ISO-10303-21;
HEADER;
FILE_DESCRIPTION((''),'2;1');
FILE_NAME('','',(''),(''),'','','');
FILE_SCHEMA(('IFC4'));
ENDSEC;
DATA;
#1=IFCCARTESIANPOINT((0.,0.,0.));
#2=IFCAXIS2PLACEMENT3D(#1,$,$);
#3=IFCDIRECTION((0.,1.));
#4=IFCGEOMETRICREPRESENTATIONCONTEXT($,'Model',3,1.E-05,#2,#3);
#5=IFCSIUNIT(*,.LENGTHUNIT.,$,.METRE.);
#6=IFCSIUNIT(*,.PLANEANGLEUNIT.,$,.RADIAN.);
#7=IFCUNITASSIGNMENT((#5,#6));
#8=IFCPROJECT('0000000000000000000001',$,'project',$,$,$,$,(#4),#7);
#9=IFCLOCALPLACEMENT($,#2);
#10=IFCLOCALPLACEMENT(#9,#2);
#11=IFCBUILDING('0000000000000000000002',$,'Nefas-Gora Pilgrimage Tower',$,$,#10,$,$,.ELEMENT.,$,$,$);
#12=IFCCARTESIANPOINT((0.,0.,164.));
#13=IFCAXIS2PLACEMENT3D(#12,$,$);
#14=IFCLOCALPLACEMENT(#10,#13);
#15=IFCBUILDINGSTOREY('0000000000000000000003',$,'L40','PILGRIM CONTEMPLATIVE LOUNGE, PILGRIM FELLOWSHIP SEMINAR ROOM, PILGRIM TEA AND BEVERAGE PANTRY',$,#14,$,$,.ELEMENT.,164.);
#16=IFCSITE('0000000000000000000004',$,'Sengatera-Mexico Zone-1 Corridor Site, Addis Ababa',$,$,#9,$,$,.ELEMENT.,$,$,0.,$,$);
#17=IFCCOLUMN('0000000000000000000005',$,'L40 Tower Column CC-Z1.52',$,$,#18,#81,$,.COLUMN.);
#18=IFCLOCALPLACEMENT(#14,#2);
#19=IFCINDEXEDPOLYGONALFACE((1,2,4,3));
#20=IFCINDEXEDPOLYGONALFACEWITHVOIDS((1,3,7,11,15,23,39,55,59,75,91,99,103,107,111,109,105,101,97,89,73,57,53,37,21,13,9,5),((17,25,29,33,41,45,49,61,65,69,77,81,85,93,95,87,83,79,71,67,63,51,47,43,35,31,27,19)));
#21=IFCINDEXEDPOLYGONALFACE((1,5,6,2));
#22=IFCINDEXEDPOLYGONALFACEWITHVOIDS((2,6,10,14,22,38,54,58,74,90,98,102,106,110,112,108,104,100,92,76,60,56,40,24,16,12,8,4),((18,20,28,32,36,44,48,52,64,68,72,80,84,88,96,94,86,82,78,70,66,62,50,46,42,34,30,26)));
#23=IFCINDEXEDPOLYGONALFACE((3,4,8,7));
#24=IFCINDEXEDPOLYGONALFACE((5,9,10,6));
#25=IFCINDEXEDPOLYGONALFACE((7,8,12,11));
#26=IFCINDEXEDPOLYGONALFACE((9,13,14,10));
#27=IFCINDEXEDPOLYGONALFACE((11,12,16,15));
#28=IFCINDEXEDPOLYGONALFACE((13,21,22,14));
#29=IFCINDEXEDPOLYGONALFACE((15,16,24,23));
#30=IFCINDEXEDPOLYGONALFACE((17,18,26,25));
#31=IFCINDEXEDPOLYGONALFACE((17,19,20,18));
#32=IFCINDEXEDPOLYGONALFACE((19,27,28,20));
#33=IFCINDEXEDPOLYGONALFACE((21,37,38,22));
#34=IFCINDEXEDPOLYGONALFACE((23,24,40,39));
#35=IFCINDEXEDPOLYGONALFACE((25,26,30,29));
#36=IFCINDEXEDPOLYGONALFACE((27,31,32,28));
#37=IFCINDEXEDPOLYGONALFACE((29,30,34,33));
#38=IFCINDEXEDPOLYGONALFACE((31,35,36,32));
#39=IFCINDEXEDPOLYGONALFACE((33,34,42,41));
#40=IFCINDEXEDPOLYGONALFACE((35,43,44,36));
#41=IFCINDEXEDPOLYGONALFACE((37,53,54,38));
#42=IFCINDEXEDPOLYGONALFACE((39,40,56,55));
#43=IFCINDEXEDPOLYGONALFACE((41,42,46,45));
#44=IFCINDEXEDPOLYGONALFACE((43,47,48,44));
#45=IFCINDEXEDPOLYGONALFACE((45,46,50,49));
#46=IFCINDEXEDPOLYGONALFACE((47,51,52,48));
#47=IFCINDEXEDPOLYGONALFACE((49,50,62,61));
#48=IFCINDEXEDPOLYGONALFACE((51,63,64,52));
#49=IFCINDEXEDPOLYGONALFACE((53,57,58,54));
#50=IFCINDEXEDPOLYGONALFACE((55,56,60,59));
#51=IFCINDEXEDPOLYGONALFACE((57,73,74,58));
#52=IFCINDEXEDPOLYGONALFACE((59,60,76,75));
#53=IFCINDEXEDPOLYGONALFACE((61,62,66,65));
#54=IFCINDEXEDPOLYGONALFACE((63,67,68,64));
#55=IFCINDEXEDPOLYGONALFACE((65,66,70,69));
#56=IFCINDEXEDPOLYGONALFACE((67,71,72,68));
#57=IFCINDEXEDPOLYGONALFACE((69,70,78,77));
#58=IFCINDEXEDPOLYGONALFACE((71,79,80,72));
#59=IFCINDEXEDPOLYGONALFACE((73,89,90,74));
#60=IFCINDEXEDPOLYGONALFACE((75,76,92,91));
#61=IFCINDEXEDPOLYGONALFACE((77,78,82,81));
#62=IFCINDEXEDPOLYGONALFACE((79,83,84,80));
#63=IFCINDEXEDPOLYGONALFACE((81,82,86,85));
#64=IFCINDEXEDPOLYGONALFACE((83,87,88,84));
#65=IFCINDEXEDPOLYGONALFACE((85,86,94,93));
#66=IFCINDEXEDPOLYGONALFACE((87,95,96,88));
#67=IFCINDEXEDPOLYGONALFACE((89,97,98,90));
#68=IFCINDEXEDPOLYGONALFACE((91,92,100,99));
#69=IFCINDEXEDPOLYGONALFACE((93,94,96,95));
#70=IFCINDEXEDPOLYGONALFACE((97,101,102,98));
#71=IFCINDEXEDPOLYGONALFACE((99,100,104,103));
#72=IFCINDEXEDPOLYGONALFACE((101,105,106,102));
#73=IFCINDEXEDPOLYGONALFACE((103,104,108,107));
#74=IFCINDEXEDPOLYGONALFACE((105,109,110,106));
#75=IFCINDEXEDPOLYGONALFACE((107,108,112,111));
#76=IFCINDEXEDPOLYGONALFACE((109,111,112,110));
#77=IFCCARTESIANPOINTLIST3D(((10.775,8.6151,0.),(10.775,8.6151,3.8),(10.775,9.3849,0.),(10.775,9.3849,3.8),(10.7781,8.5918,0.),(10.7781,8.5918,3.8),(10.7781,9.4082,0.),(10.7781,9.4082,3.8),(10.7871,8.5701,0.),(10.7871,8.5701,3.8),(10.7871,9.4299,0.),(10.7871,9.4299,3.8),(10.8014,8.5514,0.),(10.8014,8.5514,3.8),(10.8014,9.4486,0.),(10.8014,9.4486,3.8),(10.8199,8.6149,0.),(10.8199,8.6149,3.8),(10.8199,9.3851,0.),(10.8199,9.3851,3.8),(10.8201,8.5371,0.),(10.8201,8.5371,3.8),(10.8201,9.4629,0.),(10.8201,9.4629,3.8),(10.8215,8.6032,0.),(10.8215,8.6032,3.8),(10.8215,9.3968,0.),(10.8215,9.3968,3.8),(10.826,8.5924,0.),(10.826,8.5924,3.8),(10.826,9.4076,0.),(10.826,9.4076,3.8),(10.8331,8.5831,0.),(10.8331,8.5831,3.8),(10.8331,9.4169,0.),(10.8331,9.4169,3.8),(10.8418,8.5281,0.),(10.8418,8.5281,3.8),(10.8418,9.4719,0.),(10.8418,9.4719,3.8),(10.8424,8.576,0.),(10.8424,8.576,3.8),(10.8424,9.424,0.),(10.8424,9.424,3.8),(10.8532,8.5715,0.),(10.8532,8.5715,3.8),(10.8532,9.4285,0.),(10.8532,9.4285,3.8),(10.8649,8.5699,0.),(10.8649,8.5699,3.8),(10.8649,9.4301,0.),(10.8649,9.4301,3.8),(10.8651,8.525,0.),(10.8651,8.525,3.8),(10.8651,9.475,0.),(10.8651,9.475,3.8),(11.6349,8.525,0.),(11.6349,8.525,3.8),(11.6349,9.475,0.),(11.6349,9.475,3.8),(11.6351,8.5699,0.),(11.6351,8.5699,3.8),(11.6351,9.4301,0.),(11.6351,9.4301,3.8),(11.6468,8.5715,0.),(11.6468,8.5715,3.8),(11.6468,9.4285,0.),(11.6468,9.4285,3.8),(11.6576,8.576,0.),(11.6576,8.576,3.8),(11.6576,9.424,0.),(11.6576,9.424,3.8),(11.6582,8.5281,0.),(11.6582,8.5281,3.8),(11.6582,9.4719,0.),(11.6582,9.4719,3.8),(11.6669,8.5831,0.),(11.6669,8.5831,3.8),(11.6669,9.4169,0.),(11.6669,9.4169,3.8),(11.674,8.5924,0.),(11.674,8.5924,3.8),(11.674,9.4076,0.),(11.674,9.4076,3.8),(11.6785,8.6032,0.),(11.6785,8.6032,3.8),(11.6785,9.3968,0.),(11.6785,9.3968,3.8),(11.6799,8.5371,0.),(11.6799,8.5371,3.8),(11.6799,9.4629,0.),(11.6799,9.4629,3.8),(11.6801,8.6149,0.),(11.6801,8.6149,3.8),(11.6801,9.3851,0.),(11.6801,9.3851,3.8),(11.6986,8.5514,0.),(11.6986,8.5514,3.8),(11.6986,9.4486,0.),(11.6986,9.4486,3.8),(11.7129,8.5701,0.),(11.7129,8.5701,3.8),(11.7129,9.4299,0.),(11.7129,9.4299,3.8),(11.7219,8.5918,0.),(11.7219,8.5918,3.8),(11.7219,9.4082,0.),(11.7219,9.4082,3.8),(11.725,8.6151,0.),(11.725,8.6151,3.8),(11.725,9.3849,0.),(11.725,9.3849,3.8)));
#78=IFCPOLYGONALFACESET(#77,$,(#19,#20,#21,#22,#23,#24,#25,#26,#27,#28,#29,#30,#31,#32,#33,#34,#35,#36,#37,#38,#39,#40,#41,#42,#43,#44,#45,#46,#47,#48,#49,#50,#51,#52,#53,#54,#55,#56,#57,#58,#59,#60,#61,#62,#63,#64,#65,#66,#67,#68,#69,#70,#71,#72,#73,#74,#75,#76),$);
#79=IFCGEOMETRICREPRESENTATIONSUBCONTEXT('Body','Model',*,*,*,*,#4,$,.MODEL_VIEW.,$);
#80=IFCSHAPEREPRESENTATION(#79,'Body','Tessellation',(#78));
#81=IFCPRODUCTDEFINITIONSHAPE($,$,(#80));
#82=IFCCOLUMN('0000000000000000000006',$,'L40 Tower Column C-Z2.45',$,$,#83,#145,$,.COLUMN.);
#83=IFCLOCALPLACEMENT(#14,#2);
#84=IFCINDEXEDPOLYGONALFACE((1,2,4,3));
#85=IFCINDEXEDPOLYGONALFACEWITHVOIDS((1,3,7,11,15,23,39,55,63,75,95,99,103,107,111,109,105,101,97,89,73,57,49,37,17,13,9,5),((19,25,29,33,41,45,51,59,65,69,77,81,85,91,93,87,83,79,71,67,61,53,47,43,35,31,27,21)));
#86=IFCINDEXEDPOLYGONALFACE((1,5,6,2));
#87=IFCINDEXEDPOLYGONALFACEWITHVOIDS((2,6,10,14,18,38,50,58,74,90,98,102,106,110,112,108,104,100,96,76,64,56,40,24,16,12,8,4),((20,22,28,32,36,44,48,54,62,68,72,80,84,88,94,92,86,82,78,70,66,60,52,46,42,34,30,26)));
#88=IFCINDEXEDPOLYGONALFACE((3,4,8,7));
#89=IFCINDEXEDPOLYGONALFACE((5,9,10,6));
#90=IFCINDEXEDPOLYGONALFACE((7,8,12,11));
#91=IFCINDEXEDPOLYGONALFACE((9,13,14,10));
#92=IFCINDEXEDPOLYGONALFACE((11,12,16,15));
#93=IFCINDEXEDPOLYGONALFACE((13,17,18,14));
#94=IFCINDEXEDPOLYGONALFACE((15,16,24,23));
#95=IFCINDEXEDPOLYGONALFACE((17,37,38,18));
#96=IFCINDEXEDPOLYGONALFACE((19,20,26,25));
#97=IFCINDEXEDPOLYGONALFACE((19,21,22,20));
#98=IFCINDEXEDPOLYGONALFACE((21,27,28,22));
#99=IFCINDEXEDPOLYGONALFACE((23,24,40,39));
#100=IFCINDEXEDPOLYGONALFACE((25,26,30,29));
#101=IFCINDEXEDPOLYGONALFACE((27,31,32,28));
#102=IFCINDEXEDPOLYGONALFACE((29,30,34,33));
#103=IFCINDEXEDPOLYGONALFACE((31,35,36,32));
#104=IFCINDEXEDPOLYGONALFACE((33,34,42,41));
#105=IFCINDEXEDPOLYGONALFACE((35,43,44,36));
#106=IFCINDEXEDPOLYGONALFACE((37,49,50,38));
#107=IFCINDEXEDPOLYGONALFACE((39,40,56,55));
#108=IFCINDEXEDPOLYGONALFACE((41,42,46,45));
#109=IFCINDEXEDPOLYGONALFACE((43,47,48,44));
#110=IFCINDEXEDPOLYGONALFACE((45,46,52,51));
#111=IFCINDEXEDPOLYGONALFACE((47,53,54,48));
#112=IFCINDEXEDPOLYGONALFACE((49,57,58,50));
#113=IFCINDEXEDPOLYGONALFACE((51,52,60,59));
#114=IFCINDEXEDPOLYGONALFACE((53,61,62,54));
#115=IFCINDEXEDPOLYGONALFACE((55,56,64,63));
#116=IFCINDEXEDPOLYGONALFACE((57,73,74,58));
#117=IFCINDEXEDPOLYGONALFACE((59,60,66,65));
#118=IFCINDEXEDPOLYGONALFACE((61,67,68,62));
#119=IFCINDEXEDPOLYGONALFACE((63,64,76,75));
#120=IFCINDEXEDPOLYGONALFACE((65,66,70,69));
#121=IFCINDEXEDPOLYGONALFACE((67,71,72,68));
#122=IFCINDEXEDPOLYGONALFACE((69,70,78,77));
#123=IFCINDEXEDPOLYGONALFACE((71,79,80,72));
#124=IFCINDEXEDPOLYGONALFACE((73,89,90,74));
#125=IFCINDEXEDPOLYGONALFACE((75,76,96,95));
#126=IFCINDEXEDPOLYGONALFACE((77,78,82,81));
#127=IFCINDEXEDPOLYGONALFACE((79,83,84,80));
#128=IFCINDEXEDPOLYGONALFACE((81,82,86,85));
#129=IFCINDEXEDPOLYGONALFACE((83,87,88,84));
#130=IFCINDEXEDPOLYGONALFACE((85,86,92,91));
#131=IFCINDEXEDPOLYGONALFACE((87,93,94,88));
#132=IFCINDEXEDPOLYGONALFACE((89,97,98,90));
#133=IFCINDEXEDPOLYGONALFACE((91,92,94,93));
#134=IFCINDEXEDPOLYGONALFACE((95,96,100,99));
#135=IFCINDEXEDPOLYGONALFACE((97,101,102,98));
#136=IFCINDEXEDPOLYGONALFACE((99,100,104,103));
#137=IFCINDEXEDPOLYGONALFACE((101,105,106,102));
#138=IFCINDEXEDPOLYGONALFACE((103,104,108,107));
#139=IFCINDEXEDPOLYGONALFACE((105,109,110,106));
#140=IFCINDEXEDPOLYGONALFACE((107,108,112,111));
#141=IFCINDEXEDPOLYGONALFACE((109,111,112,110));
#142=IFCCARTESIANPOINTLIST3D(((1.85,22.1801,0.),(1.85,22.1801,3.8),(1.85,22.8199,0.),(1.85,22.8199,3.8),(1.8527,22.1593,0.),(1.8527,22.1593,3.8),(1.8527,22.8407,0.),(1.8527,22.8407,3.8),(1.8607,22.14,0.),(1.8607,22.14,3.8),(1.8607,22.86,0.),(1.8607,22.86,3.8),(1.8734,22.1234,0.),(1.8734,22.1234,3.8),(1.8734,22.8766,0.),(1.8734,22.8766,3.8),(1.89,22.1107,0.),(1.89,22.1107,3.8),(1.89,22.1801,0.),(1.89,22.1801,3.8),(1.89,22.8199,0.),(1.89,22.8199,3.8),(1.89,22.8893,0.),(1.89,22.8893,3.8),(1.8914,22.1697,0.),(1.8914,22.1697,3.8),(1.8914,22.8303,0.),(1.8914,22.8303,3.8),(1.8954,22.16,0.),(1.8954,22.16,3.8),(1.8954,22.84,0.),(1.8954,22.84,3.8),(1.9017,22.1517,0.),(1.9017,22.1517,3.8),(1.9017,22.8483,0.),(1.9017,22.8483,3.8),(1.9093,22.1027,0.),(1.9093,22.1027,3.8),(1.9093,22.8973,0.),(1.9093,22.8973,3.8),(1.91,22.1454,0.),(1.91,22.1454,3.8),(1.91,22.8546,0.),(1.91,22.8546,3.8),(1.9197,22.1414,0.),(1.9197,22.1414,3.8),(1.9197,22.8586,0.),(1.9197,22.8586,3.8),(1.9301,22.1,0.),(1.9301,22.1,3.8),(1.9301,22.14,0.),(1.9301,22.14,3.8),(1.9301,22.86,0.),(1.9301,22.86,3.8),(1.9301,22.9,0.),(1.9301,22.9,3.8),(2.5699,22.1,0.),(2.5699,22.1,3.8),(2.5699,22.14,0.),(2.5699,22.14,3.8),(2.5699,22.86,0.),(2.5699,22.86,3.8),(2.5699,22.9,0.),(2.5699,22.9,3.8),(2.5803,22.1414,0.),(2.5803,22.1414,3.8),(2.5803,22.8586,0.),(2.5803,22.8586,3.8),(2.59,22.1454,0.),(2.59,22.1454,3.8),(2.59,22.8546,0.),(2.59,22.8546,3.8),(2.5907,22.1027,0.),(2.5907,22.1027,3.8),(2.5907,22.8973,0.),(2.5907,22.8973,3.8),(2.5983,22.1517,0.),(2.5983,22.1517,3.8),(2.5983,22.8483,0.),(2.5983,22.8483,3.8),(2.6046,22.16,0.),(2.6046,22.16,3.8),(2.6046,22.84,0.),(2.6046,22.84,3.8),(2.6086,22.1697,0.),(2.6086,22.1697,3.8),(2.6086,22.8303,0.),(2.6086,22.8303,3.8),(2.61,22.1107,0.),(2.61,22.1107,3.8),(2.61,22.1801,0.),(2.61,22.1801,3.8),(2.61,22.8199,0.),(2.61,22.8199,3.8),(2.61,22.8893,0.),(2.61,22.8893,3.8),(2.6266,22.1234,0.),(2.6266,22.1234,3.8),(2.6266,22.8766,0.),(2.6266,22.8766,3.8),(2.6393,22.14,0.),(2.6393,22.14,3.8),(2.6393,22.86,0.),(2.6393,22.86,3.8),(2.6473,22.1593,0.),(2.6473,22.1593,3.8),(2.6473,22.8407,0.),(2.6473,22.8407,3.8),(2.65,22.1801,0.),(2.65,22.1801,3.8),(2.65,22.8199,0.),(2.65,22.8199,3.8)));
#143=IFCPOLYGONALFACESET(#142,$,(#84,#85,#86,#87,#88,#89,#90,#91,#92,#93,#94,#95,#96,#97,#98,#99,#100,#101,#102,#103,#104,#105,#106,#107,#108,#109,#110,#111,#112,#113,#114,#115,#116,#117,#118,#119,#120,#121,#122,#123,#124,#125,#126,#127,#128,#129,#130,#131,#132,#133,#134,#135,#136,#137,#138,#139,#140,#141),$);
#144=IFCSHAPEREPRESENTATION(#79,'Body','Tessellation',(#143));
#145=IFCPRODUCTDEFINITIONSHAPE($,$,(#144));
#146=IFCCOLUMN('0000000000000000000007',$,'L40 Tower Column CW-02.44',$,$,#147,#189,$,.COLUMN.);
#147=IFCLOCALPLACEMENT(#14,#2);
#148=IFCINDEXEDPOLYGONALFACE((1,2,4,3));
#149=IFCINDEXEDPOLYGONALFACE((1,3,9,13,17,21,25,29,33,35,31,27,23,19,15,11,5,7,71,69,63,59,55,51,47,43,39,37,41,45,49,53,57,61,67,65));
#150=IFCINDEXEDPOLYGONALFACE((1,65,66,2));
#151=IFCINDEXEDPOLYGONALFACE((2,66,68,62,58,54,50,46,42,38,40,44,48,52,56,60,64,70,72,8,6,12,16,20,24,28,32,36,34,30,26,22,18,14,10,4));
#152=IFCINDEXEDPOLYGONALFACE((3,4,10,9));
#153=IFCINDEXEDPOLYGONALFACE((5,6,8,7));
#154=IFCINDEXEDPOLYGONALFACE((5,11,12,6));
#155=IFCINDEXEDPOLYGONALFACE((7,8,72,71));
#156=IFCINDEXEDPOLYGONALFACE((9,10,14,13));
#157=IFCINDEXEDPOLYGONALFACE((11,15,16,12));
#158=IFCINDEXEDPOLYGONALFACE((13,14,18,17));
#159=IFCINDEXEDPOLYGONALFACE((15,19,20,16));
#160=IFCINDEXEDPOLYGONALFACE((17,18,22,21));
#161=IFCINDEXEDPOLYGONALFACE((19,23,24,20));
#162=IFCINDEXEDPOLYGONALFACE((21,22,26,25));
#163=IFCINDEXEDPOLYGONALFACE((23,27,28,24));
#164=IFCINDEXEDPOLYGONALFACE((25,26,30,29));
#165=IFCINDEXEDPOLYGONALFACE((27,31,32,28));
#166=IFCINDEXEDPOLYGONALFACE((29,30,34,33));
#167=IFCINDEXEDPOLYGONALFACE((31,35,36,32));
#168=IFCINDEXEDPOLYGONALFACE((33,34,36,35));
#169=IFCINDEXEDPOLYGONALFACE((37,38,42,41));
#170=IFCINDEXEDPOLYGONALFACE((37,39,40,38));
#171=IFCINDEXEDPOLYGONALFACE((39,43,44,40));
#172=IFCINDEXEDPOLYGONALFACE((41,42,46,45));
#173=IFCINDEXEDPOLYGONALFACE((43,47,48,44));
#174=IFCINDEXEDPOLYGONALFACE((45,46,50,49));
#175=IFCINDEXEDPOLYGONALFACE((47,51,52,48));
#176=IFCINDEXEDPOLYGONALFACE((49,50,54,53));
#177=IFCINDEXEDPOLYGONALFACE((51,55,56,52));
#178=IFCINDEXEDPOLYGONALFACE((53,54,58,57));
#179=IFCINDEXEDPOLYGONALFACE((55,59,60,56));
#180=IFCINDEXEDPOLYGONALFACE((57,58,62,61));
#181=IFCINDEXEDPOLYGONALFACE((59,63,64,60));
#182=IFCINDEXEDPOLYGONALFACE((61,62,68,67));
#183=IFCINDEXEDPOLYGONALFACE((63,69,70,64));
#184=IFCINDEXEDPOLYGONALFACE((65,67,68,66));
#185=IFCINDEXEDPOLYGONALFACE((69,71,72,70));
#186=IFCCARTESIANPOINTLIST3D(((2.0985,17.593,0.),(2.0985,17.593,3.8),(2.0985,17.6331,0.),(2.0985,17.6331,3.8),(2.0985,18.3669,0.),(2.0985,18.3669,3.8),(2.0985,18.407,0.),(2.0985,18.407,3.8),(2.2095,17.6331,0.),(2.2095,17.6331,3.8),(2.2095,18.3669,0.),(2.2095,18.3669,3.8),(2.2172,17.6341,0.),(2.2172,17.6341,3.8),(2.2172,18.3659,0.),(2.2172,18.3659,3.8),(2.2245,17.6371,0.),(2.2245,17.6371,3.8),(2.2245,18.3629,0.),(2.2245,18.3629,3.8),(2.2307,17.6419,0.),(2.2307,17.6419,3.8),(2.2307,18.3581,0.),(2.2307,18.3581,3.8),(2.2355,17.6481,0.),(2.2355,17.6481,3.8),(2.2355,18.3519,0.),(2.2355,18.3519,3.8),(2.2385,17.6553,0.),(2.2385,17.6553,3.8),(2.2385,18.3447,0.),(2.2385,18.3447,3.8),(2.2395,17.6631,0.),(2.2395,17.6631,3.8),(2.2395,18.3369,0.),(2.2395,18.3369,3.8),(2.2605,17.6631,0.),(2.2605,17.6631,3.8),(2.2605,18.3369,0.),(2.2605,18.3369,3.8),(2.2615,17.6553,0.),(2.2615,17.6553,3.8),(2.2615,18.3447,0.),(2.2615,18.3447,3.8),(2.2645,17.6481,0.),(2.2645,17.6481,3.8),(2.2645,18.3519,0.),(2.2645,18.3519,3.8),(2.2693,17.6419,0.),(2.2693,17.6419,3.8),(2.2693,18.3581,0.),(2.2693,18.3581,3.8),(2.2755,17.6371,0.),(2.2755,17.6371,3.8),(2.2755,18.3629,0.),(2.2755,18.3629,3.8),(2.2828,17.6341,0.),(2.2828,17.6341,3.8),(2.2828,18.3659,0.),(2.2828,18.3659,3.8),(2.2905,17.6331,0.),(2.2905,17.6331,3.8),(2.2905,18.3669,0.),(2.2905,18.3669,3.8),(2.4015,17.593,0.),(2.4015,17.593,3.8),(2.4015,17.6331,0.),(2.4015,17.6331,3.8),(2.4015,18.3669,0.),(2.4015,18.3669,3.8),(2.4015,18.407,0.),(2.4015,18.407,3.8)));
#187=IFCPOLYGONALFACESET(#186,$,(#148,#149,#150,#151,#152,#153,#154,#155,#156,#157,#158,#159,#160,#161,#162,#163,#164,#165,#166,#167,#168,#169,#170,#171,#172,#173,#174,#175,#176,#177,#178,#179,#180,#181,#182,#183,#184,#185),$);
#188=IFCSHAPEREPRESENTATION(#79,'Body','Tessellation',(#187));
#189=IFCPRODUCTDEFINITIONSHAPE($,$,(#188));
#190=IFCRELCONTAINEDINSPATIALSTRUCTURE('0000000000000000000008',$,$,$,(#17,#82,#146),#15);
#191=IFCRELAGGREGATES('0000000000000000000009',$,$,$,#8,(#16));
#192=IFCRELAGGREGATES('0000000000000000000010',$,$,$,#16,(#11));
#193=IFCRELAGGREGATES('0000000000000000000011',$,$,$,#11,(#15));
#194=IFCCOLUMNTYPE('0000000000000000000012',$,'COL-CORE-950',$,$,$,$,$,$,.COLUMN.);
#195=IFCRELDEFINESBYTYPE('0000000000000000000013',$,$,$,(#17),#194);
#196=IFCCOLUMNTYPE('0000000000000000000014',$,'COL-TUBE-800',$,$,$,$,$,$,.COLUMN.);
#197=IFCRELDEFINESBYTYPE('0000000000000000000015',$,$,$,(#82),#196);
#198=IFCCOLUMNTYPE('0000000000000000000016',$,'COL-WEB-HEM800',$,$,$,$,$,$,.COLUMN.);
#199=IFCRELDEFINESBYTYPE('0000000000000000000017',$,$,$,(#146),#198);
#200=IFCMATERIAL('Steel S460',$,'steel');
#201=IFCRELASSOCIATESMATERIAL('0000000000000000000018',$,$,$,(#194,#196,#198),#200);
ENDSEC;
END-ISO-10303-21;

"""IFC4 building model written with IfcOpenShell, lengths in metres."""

from ifc_helpers import new_model, si_unit, direction, frame, origin, origin_2d, place, context, subcontext, project, spatial, hollow_rectangle, i_section, extrude, source, transform, mapped, material, material_profile, profile_set, type_object, element, save


model = new_model("IFC4")

# Units and contexts
model_context = context("Model", 3, precision=1e-05, world=origin(), true_north=direction((0.0, 1.0)))
body_context = subcontext(model_context, "Body", "Model", "MODEL_VIEW")
ifc_project = project(units=[si_unit("LENGTHUNIT", "METRE"), si_unit("PLANEANGLEUNIT", "RADIAN")], contexts=[model_context])

# Site, building, storey
site_placement = place(None, origin())
site = spatial("IfcSite", under=ifc_project, at=site_placement, Name="Sengatera-Mexico Zone-1 Corridor Site, Addis Ababa", CompositionType="ELEMENT", RefElevation=0.0)
building_placement = place(site_placement, origin())
building = spatial("IfcBuilding", under=site, at=building_placement, Name="Nefas-Gora Pilgrimage Tower", CompositionType="ELEMENT")
storey_placement = place(building_placement, frame((0.0, 0.0, 164.0)))
storey = spatial("IfcBuildingStorey", under=building, at=storey_placement, Name="L40", Description="PILGRIM CONTEMPLATIVE LOUNGE, PILGRIM FELLOWSHIP SEMINAR ROOM, PILGRIM TEA AND BEVERAGE PANTRY", CompositionType="ELEMENT", Elevation=164.0)

# Columns
ifc_material_1 = material(Name="Steel S460", Category="steel")
ifc_material_profile_1 = material_profile(ifc_material_1, hollow_rectangle(XDim=0.95, YDim=0.95, WallThickness=0.0449, InnerFilletRadius=0.0449, OuterFilletRadius=0.0901, at=origin_2d()), Name="BOX 950x950x45")
ifc_profile_set_1 = profile_set([ifc_material_profile_1], Name="Steel S460")
column_type_1 = type_object("IfcColumnType", Name="COL-CORE-950", PredefinedType="COLUMN", material=ifc_profile_set_1)
shared_shape_1 = source(origin(), body_context, "Body", "SweptSolid", [
    extrude(hollow_rectangle(XDim=0.95, YDim=0.95, WallThickness=0.0449, InnerFilletRadius=0.0449, OuterFilletRadius=0.0901, at=origin_2d()), origin(), (0.0, 0.0, 1.0), 3.8),
])
column_1_placement = place(storey_placement, frame((11.25, 9.0, 0.0), z_axis=(0.0, 0.0, 1.0), x_axis=(1.0, 0.0, 0.0)))
element("IfcColumn", 1, at=column_1_placement, inside=storey, type_object=column_type_1, Name="L40 Tower Column CC-Z1.52", PredefinedType="COLUMN", context=body_context, shape_type="MappedRepresentation", body=[
    mapped(shared_shape_1, transform((0.0, 0.0, 0.0), x_axis=(1.0, 0.0, 0.0), y_axis=(0.0, 1.0, 0.0), z_axis=(0.0, 0.0, 1.0), scale=1.0)),
])
ifc_material_profile_2 = material_profile(ifc_material_1, hollow_rectangle(XDim=0.8, YDim=0.8, WallThickness=0.04, InnerFilletRadius=0.04, OuterFilletRadius=0.0801, at=origin_2d()), Name="BOX 800x800x40")
ifc_profile_set_2 = profile_set([ifc_material_profile_2], Name="Steel S460")
column_type_2 = type_object("IfcColumnType", Name="COL-TUBE-800", PredefinedType="COLUMN", material=ifc_profile_set_2)
shared_shape_2 = source(origin(), body_context, "Body", "SweptSolid", [
    extrude(hollow_rectangle(XDim=0.8, YDim=0.8, WallThickness=0.04, InnerFilletRadius=0.04, OuterFilletRadius=0.0801, at=origin_2d()), origin(), (0.0, 0.0, 1.0), 3.8),
])
column_2_placement = place(storey_placement, frame((2.25, 22.5, 0.0), z_axis=(0.0, 0.0, 1.0), x_axis=(1.0, 0.0, 0.0)))
element("IfcColumn", 2, at=column_2_placement, inside=storey, type_object=column_type_2, Name="L40 Tower Column C-Z2.45", PredefinedType="COLUMN", context=body_context, shape_type="MappedRepresentation", body=[
    mapped(shared_shape_2, transform((0.0, 0.0, 0.0), x_axis=(1.0, 0.0, 0.0), y_axis=(0.0, 1.0, 0.0), z_axis=(0.0, 0.0, 1.0), scale=1.0)),
])
ifc_material_profile_3 = material_profile(ifc_material_1, i_section(OverallWidth=0.303, OverallDepth=0.814, WebThickness=0.021, FlangeThickness=0.04, FilletRadius=0.03, at=origin_2d()), Name="HEM 800")
ifc_profile_set_3 = profile_set([ifc_material_profile_3], Name="Steel S460")
column_type_3 = type_object("IfcColumnType", Name="COL-WEB-HEM800", PredefinedType="COLUMN", material=ifc_profile_set_3)
shared_shape_3 = source(origin(), body_context, "Body", "SweptSolid", [
    extrude(i_section(OverallWidth=0.303, OverallDepth=0.814, WebThickness=0.021, FlangeThickness=0.04, FilletRadius=0.03, at=origin_2d()), origin(), (0.0, 0.0, 1.0), 3.8),
])
for number, where, z_axis, x_axis, name in (
    (3, (2.25, 18.0, 0.0), (0.0, 0.0, 1.0), (1.0, 0.0, 0.0), "L40 Tower Column CW-02.44"),
):
    element("IfcColumn", number, at=place(storey_placement, frame(where, z_axis=z_axis, x_axis=x_axis)), inside=storey, type_object=column_type_3, Name=name, PredefinedType="COLUMN", context=body_context, shape_type="MappedRepresentation", body=[
        mapped(shared_shape_3, transform((0.0, 0.0, 0.0), x_axis=(1.0, 0.0, 0.0), y_axis=(0.0, 1.0, 0.0), z_axis=(0.0, 0.0, 1.0), scale=1.0)),
    ])

save(model, "model.ifc")
